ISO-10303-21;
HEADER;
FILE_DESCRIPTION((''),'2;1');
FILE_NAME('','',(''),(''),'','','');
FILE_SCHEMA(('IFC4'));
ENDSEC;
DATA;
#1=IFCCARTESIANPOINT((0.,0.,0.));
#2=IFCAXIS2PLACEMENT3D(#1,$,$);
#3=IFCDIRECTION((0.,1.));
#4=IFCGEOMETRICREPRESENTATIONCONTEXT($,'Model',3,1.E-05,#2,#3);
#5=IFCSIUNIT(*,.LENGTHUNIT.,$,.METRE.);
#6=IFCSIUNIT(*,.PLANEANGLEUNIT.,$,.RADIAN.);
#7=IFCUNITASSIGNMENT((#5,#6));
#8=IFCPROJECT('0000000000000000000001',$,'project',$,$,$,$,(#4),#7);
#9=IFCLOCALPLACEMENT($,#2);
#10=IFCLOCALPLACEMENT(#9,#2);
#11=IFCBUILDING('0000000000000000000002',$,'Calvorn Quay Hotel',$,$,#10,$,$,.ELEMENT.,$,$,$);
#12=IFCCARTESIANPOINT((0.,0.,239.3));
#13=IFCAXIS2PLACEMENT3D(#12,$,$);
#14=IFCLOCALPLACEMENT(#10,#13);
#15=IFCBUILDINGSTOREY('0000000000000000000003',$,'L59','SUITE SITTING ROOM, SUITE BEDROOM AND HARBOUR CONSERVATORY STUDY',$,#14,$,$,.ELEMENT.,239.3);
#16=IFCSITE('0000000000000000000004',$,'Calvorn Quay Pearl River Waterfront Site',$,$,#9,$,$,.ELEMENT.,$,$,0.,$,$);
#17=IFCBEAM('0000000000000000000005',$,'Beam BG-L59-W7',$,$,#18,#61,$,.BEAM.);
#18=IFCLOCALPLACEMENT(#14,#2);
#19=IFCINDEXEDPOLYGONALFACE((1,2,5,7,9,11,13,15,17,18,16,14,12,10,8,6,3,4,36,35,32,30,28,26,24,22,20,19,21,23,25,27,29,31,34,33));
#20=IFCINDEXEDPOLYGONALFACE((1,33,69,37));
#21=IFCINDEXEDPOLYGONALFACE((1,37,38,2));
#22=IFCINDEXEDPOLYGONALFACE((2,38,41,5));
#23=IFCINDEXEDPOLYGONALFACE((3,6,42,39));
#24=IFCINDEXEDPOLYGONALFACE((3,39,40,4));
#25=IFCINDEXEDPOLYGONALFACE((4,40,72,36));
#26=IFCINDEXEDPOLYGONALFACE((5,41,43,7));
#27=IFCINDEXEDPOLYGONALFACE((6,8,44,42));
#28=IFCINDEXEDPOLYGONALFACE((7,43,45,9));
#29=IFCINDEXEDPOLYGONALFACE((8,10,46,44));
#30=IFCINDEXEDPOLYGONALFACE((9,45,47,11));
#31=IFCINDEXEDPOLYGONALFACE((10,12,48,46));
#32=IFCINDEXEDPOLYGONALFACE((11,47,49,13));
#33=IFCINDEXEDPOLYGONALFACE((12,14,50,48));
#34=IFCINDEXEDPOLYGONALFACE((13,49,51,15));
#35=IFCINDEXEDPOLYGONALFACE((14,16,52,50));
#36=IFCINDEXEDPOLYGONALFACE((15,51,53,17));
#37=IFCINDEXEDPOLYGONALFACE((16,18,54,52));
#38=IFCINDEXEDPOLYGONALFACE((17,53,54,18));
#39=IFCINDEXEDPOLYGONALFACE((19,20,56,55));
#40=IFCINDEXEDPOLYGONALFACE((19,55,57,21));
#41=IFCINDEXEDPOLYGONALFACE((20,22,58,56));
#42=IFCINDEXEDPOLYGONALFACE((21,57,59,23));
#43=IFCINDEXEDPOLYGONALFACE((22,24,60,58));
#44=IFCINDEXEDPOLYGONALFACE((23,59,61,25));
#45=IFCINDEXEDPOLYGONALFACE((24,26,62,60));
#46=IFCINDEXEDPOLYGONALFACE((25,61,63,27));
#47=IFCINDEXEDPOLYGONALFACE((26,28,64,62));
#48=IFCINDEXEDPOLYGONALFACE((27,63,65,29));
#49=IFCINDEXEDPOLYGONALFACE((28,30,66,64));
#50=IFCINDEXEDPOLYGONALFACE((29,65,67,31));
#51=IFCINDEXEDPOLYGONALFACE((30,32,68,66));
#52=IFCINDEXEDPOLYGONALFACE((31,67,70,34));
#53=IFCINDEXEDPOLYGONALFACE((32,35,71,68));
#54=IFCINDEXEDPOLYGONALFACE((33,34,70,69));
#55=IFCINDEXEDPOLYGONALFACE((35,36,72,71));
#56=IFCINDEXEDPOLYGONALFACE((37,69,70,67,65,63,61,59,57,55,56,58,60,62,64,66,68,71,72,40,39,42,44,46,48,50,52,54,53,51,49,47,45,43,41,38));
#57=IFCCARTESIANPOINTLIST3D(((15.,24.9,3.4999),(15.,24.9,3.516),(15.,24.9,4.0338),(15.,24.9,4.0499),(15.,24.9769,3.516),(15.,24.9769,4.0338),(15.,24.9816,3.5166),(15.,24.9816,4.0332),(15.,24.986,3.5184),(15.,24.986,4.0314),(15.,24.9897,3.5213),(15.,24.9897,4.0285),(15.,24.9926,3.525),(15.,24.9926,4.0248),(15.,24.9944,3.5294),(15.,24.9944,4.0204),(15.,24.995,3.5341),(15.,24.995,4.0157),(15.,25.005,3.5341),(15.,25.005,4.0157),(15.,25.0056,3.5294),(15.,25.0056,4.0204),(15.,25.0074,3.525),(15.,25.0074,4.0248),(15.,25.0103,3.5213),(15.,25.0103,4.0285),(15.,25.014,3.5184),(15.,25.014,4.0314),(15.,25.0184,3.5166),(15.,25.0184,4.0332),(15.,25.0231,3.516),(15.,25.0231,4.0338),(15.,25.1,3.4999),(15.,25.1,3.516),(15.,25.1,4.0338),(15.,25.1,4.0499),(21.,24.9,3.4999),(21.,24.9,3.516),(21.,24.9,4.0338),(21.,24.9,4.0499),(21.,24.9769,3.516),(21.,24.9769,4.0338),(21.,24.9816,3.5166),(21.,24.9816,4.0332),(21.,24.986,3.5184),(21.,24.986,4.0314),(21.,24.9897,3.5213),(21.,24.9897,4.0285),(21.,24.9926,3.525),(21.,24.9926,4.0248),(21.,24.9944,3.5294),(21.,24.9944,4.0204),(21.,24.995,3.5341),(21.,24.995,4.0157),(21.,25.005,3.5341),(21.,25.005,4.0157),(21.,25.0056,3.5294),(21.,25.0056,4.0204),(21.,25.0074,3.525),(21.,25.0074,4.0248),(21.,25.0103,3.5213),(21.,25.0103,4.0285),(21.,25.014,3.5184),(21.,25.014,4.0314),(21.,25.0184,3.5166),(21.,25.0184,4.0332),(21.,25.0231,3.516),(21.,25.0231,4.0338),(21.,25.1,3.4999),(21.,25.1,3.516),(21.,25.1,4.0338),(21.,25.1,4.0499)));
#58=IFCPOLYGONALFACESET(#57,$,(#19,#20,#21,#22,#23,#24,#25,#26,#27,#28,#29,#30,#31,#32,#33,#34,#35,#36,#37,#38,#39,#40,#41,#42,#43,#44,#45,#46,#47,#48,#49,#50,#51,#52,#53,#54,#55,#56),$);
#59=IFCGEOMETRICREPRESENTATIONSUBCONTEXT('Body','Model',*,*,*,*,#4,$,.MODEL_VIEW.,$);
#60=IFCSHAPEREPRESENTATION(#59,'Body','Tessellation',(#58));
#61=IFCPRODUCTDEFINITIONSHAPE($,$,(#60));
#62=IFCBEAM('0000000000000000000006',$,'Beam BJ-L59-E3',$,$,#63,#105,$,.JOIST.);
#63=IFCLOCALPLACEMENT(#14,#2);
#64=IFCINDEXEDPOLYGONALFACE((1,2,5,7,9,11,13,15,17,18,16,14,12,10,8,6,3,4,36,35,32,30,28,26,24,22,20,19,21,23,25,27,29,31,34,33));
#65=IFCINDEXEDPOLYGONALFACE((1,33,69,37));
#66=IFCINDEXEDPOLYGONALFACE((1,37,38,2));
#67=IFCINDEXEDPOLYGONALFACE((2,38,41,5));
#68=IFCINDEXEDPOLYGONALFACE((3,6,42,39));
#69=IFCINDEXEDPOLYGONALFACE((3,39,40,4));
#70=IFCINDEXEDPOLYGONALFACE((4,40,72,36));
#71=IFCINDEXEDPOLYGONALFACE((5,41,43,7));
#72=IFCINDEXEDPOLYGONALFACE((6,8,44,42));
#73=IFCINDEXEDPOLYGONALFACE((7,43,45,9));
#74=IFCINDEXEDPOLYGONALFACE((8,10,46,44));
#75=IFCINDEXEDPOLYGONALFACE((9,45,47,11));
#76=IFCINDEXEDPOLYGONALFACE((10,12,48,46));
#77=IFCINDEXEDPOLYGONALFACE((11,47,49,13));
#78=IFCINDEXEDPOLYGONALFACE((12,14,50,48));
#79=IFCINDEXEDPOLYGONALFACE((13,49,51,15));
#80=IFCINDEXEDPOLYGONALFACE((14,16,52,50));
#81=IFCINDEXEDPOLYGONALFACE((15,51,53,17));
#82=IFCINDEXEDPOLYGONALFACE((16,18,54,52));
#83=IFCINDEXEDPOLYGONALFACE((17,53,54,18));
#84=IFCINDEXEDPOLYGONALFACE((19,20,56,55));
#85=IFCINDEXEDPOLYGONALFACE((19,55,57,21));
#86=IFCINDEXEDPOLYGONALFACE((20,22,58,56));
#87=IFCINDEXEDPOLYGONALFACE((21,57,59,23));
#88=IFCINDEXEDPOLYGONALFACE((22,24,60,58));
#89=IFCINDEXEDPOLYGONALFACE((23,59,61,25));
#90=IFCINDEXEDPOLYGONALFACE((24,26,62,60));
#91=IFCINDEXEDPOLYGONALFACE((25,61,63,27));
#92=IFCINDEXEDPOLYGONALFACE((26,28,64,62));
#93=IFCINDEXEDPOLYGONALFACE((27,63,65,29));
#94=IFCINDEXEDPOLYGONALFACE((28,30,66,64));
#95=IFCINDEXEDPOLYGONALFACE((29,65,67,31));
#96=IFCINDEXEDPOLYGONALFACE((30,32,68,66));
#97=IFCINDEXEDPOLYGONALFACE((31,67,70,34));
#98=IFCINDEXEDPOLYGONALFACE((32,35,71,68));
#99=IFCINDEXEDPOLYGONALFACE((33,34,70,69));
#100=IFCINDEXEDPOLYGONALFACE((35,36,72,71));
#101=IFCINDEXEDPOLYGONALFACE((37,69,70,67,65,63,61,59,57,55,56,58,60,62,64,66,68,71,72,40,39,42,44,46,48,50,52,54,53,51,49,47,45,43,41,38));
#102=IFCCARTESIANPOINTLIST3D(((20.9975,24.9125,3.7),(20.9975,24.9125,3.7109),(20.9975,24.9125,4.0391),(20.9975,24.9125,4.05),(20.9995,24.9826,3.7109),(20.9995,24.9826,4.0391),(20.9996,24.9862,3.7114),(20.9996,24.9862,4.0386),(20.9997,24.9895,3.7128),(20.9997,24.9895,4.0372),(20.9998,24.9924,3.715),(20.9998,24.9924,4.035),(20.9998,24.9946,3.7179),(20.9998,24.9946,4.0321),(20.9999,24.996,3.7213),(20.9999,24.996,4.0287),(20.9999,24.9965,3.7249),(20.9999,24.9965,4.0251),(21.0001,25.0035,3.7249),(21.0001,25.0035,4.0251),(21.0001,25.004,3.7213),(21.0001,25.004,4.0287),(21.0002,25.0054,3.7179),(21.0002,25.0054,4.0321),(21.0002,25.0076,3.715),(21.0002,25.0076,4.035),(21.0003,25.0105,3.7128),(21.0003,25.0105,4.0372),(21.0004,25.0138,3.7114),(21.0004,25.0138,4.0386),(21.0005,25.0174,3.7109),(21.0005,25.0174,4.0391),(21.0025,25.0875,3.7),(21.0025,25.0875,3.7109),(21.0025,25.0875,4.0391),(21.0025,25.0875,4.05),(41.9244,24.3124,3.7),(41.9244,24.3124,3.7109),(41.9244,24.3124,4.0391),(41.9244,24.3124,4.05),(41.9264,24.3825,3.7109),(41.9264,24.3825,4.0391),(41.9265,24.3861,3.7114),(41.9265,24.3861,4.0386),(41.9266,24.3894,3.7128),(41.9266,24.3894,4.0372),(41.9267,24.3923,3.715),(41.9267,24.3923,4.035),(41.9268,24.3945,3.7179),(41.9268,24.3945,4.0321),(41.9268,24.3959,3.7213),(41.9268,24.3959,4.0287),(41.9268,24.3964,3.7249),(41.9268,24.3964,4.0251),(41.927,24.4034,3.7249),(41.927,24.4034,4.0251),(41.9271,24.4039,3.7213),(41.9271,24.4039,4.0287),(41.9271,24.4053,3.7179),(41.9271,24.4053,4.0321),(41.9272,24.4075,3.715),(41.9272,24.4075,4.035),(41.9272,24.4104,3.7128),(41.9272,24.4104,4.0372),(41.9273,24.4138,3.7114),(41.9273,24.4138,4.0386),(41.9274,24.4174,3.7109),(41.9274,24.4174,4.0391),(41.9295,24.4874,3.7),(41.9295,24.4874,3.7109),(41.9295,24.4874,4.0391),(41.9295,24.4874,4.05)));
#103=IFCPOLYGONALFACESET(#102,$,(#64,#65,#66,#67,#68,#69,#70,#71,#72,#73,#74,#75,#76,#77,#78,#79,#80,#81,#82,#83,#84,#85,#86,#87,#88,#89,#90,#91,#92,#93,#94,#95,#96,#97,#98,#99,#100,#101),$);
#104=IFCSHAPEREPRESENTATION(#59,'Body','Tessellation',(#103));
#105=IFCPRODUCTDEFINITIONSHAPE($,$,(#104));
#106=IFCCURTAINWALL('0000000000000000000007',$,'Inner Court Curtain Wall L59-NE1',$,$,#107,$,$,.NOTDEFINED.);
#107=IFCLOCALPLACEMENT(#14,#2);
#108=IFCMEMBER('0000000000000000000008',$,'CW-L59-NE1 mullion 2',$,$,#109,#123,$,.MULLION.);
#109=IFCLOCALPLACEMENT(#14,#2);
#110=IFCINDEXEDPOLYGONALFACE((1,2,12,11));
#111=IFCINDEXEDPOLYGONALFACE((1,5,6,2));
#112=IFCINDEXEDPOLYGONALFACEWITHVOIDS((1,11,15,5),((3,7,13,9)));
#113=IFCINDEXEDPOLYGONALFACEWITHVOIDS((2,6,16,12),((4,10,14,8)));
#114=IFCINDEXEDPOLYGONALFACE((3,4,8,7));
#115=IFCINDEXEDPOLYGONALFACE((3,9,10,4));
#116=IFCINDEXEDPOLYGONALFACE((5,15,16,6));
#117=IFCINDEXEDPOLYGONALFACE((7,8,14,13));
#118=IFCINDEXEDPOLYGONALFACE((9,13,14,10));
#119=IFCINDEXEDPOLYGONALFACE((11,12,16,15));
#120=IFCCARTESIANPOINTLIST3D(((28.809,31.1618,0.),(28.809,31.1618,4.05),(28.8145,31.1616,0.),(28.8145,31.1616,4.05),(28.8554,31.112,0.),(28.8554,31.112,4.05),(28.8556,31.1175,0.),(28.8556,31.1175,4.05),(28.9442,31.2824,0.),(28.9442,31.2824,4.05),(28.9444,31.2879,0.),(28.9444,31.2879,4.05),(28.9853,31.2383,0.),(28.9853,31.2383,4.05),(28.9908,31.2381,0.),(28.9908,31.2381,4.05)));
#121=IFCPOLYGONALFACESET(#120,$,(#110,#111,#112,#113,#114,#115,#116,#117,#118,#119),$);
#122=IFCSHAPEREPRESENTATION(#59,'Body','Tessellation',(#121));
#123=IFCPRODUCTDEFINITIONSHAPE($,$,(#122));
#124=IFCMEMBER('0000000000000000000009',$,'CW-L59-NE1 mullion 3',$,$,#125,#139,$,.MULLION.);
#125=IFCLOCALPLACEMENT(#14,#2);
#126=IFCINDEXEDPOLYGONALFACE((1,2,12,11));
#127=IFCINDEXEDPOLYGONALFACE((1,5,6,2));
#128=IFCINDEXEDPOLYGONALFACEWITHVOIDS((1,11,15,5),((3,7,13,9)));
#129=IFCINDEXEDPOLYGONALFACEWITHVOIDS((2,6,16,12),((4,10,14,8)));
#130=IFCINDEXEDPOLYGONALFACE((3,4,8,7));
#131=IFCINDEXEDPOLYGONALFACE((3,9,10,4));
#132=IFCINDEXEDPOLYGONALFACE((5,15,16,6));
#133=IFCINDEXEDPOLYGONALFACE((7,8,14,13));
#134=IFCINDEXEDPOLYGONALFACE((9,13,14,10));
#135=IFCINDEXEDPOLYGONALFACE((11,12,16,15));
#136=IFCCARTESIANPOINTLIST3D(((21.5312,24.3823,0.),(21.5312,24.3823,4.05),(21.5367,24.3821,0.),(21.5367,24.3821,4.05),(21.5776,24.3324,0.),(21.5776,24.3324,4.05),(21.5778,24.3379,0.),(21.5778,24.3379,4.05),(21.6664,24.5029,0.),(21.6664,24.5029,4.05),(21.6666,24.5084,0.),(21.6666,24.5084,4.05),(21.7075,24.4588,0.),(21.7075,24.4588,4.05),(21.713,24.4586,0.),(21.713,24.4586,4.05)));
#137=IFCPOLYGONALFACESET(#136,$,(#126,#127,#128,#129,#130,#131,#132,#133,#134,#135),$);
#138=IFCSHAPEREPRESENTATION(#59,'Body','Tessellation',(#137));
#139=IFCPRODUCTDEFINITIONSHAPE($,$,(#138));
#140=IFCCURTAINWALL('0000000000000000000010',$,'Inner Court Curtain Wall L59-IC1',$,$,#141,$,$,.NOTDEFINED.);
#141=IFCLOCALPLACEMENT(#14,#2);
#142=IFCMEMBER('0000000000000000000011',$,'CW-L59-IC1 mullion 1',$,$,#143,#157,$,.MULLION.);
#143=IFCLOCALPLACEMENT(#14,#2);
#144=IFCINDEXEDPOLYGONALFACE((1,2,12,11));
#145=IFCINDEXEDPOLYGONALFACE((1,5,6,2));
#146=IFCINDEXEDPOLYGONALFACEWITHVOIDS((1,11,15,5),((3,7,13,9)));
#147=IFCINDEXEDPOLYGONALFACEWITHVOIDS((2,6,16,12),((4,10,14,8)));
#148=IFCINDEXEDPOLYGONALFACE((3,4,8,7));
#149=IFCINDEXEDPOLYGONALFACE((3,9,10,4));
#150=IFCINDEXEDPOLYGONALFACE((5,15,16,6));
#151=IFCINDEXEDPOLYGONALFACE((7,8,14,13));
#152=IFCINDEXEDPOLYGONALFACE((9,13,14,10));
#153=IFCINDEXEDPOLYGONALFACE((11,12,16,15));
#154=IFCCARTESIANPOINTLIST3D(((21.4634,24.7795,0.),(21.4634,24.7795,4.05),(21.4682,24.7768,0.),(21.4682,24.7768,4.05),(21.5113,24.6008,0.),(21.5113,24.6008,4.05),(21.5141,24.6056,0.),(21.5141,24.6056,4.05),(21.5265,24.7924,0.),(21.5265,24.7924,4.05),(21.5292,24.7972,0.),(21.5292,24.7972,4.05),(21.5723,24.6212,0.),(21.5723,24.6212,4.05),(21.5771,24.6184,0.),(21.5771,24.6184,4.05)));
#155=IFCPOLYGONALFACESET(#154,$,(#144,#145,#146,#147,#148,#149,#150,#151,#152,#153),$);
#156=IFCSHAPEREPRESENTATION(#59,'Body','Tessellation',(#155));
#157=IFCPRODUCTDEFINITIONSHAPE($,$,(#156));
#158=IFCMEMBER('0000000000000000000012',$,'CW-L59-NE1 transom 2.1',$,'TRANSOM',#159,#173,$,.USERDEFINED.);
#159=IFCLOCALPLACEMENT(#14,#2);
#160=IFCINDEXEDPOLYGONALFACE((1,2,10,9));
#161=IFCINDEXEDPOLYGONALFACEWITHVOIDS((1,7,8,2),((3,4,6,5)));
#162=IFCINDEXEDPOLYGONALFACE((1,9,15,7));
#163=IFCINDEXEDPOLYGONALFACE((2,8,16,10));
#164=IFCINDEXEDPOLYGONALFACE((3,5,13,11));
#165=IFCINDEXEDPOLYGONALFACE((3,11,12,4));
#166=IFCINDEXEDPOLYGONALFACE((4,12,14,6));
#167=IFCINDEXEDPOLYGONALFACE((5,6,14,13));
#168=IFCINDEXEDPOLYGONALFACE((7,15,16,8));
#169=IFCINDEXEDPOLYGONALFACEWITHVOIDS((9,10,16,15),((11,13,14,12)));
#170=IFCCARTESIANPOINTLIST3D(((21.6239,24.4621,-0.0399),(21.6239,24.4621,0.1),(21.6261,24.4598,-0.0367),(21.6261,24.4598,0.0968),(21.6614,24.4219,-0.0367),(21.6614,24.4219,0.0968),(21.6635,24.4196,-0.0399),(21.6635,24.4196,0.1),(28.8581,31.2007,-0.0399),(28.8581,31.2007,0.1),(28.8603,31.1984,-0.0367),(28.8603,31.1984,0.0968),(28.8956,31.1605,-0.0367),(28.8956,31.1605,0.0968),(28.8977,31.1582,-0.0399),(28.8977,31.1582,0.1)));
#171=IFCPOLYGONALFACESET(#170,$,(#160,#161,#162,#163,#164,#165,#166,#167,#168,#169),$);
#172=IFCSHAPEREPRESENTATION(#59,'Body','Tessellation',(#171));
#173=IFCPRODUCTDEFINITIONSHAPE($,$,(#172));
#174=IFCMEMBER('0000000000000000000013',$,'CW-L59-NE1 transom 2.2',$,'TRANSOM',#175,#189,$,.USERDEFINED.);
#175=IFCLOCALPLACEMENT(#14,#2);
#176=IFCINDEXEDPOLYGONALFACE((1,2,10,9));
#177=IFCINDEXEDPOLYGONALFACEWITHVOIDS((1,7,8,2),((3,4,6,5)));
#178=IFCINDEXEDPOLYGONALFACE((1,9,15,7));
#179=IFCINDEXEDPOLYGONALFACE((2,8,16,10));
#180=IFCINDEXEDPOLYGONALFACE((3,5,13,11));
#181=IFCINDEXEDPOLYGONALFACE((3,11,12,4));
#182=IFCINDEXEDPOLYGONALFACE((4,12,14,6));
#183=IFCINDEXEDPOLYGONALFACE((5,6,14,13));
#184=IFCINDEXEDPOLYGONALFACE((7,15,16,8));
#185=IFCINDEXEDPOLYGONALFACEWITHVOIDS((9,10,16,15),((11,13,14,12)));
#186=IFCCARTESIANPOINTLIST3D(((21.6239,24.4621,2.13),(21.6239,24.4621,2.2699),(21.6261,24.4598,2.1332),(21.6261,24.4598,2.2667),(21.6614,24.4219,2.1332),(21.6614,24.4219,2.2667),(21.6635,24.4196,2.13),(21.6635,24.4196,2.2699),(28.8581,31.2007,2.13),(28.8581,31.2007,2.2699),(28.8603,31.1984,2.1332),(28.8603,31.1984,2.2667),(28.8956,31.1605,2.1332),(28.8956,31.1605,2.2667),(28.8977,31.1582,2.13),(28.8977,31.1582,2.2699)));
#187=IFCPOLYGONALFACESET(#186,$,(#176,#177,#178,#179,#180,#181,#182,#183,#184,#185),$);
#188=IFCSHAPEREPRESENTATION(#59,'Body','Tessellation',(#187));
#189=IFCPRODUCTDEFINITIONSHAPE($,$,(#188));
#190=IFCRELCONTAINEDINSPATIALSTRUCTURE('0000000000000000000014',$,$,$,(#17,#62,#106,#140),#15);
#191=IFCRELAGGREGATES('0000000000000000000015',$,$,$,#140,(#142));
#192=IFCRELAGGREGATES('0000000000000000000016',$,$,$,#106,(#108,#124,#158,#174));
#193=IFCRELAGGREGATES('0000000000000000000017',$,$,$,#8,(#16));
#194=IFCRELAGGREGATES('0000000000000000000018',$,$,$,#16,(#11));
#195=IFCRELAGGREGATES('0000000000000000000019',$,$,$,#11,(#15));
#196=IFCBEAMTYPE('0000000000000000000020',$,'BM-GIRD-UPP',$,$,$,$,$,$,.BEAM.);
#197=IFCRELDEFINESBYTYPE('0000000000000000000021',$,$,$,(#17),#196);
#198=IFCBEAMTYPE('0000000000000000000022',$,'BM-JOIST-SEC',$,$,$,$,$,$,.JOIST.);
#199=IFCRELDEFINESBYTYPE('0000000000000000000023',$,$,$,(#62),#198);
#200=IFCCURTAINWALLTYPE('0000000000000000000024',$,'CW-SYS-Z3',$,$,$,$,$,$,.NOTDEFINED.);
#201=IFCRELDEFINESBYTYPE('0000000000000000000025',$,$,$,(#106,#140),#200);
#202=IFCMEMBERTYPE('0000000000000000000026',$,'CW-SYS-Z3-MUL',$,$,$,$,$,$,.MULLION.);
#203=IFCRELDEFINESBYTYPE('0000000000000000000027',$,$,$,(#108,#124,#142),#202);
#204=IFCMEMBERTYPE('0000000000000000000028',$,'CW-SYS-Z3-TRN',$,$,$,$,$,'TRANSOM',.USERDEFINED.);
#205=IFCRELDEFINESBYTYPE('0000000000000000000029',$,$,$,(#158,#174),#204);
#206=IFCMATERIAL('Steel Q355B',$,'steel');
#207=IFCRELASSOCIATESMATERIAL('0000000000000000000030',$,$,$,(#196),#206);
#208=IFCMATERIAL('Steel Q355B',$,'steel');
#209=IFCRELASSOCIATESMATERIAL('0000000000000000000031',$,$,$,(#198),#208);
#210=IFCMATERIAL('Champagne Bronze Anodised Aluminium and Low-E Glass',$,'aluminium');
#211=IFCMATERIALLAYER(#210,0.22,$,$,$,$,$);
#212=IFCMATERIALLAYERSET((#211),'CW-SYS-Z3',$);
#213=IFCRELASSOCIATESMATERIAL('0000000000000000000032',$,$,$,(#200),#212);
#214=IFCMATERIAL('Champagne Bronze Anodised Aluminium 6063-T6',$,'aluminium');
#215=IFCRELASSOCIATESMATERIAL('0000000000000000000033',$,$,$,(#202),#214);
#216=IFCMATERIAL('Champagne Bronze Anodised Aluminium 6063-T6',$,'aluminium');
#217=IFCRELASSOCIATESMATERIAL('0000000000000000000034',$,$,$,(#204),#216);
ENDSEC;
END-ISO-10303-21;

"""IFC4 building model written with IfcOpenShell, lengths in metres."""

from ifc_helpers import new_model, si_unit, direction, frame, origin, origin_2d, place, context, subcontext, project, spatial, hollow_rectangle, i_section, extrude, material, layer, layer_set, material_profile, profile_set, type_object, element, aggregate, save


model = new_model("IFC4")

# Units and contexts
model_context = context("Model", 3, precision=1e-05, world=origin(), true_north=direction((0.0, 1.0)))
body_context = subcontext(model_context, "Body", "Model", "MODEL_VIEW")
ifc_project = project(units=[si_unit("LENGTHUNIT", "METRE"), si_unit("PLANEANGLEUNIT", "RADIAN")], contexts=[model_context])

# Site, building, storey
site_placement = place(None, origin())
site = spatial("IfcSite", under=ifc_project, at=site_placement, Name="Calvorn Quay Pearl River Waterfront Site", CompositionType="ELEMENT", RefElevation=0.0)
building_placement = place(site_placement, origin())
building = spatial("IfcBuilding", under=site, at=building_placement, Name="Calvorn Quay Hotel", CompositionType="ELEMENT")
storey_placement = place(building_placement, frame((0.0, 0.0, 239.3)))
storey = spatial("IfcBuildingStorey", under=building, at=storey_placement, Name="L59", Description="SUITE SITTING ROOM, SUITE BEDROOM AND HARBOUR CONSERVATORY STUDY", CompositionType="ELEMENT", Elevation=239.3)

# Beams
ifc_material_1 = material(Name="Steel Q355B", Category="steel")
ifc_material_profile_1 = material_profile(ifc_material_1, i_section(OverallWidth=0.2, OverallDepth=0.55, WebThickness=0.01, FlangeThickness=0.0161, FilletRadius=0.0181, at=origin_2d()), Name="HN550x200x10x16")
ifc_profile_set_1 = profile_set([ifc_material_profile_1], Name="Steel Q355B")
beam_type_1 = type_object("IfcBeamType", Name="BM-GIRD-UPP", PredefinedType="BEAM", material=ifc_profile_set_1)
beam_1_placement = place(storey_placement, frame((21.0, 25.0, 3.7749), z_axis=(-1.0, 0.0, 0.0), x_axis=(0.0, -1.0, 0.0)))
element("IfcBeam", 1, at=beam_1_placement, inside=storey, type_object=beam_type_1, Name="Beam BG-L59-W7", PredefinedType="BEAM", context=body_context, shape_type="SweptSolid", body=[
    extrude(i_section(OverallWidth=0.2, OverallDepth=0.55, WebThickness=0.01, FlangeThickness=0.0161, FilletRadius=0.0181, at=origin_2d()), origin(), (0.0, 0.0, 1.0), 6.0),
])
ifc_material_2 = material(Name="Steel Q355B", Category="steel")
ifc_material_profile_2 = material_profile(ifc_material_2, i_section(OverallWidth=0.175, OverallDepth=0.3501, WebThickness=0.0071, FlangeThickness=0.011, FilletRadius=0.0139, at=origin_2d()), Name="HN350x175x7x11")
ifc_profile_set_2 = profile_set([ifc_material_profile_2], Name="Steel Q355B")
beam_type_2 = type_object("IfcBeamType", Name="BM-JOIST-SEC", PredefinedType="JOIST", material=ifc_profile_set_2)
beam_2_placement = place(storey_placement, frame((21.0, 25.0, 3.875), z_axis=(0.999589, -0.028664, 0.0), x_axis=(0.028664, 0.999589, 0.0)))
element("IfcBeam", 2, at=beam_2_placement, inside=storey, type_object=beam_type_2, Name="Beam BJ-L59-E3", PredefinedType="JOIST", context=body_context, shape_type="SweptSolid", body=[
    extrude(i_section(OverallWidth=0.175, OverallDepth=0.3501, WebThickness=0.0071, FlangeThickness=0.011, FilletRadius=0.0139, at=origin_2d()), origin(), (0.0, 0.0, 1.0), 20.9355),
])

# Curtain wall, members
ifc_material_3 = material(Name="Champagne Bronze Anodised Aluminium and Low-E Glass", Category="aluminium")
ifc_layer_1 = layer(ifc_material_3, 0.22)
ifc_layer_set_1 = layer_set([ifc_layer_1], Name="CW-SYS-Z3")
curtain_wall_type = type_object("IfcCurtainWallType", Name="CW-SYS-Z3", PredefinedType="NOTDEFINED", material=ifc_layer_set_1)
curtain_wall_1_placement = place(storey_placement, origin())
curtain_wall_1 = element("IfcCurtainWall", 3, at=curtain_wall_1_placement, inside=storey, type_object=curtain_wall_type, Name="Inner Court Curtain Wall L59-NE1", PredefinedType="NOTDEFINED")
ifc_material_4 = material(Name="Champagne Bronze Anodised Aluminium 6063-T6", Category="aluminium")
ifc_material_profile_3 = material_profile(ifc_material_4, hollow_rectangle(XDim=0.0681, YDim=0.1851, WallThickness=0.0039, at=origin_2d()), Name="ALU-M185x68x4")
ifc_profile_set_3 = profile_set([ifc_material_profile_3], Name="Champagne Bronze Anodised Aluminium 6063-T6")
member_type_1 = type_object("IfcMemberType", Name="CW-SYS-Z3-MUL", PredefinedType="MULLION", material=ifc_profile_set_3)
member_1_placement = place(storey_placement, frame((28.8999, 31.2, 0.0), z_axis=(0.0, 0.0, 1.0), x_axis=(0.681604, -0.731722, 0.0)))
member_1 = element("IfcMember", 4, at=member_1_placement, type_object=member_type_1, Name="CW-L59-NE1 mullion 2", PredefinedType="MULLION", context=body_context, shape_type="SweptSolid", body=[
    extrude(hollow_rectangle(XDim=0.0681, YDim=0.1851, WallThickness=0.0039, at=origin_2d()), origin(), (0.0, 0.0, 1.0), 4.05),
])
member_2_placement = place(storey_placement, frame((21.6221, 24.4204, 0.0), z_axis=(0.0, 0.0, 1.0), x_axis=(0.681604, -0.731722, 0.0)))
member_2 = element("IfcMember", 5, at=member_2_placement, type_object=member_type_1, Name="CW-L59-NE1 mullion 3", PredefinedType="MULLION", context=body_context, shape_type="SweptSolid", body=[
    extrude(hollow_rectangle(XDim=0.0681, YDim=0.1851, WallThickness=0.0039, at=origin_2d()), origin(), (0.0, 0.0, 1.0), 4.05),
])

# Curtain wall, member
curtain_wall_2_placement = place(storey_placement, origin())
curtain_wall_2 = element("IfcCurtainWall", 6, at=curtain_wall_2_placement, inside=storey, type_object=curtain_wall_type, Name="Inner Court Curtain Wall L59-IC1", PredefinedType="NOTDEFINED")
member_3_placement = place(storey_placement, frame((21.5203, 24.699, 0.0), z_axis=(0.0, 0.0, 1.0), x_axis=(-0.965937, -0.258779, 0.0)))
member_3 = element("IfcMember", 7, at=member_3_placement, type_object=member_type_1, Name="CW-L59-IC1 mullion 1", PredefinedType="MULLION", context=body_context, shape_type="SweptSolid", body=[
    extrude(hollow_rectangle(XDim=0.0681, YDim=0.1851, WallThickness=0.0039, at=origin_2d()), origin(), (0.0, 0.0, 1.0), 4.05),
])

# Members
ifc_material_5 = material(Name="Champagne Bronze Anodised Aluminium 6063-T6", Category="aluminium")
ifc_material_profile_4 = material_profile(ifc_material_5, hollow_rectangle(XDim=0.0581, YDim=0.1399, WallThickness=0.0032, at=origin_2d()), Name="ALU-T140x58x3.2")
ifc_profile_set_4 = profile_set([ifc_material_profile_4], Name="Champagne Bronze Anodised Aluminium 6063-T6")
member_type_2 = type_object("IfcMemberType", Name="CW-SYS-Z3-TRN", ElementType="TRANSOM", PredefinedType="USERDEFINED", material=ifc_profile_set_4)
member_4_placement = place(storey_placement, frame((28.8779, 31.1794, 0.03), z_axis=(-0.731727, -0.681597, 0.0), x_axis=(0.681597, -0.731727, 0.0)))
member_4 = element("IfcMember", 8, at=member_4_placement, type_object=member_type_2, Name="CW-L59-NE1 transom 2.1", ObjectType="TRANSOM", PredefinedType="USERDEFINED", context=body_context, shape_type="SweptSolid", body=[
    extrude(hollow_rectangle(XDim=0.0581, YDim=0.1399, WallThickness=0.0032, at=origin_2d()), origin(), (0.0, 0.0, 1.0), 9.8865),
])
member_5_placement = place(storey_placement, frame((28.8779, 31.1794, 2.2), z_axis=(-0.731727, -0.681597, 0.0), x_axis=(0.681597, -0.731727, 0.0)))
member_5 = element("IfcMember", 9, at=member_5_placement, type_object=member_type_2, Name="CW-L59-NE1 transom 2.2", ObjectType="TRANSOM", PredefinedType="USERDEFINED", context=body_context, shape_type="SweptSolid", body=[
    extrude(hollow_rectangle(XDim=0.0581, YDim=0.1399, WallThickness=0.0032, at=origin_2d()), origin(), (0.0, 0.0, 1.0), 9.8865),
])
aggregate(curtain_wall_2, [member_3])

aggregate(curtain_wall_1, [member_1, member_2, member_4, member_5])

save(model, "model.ifc")
